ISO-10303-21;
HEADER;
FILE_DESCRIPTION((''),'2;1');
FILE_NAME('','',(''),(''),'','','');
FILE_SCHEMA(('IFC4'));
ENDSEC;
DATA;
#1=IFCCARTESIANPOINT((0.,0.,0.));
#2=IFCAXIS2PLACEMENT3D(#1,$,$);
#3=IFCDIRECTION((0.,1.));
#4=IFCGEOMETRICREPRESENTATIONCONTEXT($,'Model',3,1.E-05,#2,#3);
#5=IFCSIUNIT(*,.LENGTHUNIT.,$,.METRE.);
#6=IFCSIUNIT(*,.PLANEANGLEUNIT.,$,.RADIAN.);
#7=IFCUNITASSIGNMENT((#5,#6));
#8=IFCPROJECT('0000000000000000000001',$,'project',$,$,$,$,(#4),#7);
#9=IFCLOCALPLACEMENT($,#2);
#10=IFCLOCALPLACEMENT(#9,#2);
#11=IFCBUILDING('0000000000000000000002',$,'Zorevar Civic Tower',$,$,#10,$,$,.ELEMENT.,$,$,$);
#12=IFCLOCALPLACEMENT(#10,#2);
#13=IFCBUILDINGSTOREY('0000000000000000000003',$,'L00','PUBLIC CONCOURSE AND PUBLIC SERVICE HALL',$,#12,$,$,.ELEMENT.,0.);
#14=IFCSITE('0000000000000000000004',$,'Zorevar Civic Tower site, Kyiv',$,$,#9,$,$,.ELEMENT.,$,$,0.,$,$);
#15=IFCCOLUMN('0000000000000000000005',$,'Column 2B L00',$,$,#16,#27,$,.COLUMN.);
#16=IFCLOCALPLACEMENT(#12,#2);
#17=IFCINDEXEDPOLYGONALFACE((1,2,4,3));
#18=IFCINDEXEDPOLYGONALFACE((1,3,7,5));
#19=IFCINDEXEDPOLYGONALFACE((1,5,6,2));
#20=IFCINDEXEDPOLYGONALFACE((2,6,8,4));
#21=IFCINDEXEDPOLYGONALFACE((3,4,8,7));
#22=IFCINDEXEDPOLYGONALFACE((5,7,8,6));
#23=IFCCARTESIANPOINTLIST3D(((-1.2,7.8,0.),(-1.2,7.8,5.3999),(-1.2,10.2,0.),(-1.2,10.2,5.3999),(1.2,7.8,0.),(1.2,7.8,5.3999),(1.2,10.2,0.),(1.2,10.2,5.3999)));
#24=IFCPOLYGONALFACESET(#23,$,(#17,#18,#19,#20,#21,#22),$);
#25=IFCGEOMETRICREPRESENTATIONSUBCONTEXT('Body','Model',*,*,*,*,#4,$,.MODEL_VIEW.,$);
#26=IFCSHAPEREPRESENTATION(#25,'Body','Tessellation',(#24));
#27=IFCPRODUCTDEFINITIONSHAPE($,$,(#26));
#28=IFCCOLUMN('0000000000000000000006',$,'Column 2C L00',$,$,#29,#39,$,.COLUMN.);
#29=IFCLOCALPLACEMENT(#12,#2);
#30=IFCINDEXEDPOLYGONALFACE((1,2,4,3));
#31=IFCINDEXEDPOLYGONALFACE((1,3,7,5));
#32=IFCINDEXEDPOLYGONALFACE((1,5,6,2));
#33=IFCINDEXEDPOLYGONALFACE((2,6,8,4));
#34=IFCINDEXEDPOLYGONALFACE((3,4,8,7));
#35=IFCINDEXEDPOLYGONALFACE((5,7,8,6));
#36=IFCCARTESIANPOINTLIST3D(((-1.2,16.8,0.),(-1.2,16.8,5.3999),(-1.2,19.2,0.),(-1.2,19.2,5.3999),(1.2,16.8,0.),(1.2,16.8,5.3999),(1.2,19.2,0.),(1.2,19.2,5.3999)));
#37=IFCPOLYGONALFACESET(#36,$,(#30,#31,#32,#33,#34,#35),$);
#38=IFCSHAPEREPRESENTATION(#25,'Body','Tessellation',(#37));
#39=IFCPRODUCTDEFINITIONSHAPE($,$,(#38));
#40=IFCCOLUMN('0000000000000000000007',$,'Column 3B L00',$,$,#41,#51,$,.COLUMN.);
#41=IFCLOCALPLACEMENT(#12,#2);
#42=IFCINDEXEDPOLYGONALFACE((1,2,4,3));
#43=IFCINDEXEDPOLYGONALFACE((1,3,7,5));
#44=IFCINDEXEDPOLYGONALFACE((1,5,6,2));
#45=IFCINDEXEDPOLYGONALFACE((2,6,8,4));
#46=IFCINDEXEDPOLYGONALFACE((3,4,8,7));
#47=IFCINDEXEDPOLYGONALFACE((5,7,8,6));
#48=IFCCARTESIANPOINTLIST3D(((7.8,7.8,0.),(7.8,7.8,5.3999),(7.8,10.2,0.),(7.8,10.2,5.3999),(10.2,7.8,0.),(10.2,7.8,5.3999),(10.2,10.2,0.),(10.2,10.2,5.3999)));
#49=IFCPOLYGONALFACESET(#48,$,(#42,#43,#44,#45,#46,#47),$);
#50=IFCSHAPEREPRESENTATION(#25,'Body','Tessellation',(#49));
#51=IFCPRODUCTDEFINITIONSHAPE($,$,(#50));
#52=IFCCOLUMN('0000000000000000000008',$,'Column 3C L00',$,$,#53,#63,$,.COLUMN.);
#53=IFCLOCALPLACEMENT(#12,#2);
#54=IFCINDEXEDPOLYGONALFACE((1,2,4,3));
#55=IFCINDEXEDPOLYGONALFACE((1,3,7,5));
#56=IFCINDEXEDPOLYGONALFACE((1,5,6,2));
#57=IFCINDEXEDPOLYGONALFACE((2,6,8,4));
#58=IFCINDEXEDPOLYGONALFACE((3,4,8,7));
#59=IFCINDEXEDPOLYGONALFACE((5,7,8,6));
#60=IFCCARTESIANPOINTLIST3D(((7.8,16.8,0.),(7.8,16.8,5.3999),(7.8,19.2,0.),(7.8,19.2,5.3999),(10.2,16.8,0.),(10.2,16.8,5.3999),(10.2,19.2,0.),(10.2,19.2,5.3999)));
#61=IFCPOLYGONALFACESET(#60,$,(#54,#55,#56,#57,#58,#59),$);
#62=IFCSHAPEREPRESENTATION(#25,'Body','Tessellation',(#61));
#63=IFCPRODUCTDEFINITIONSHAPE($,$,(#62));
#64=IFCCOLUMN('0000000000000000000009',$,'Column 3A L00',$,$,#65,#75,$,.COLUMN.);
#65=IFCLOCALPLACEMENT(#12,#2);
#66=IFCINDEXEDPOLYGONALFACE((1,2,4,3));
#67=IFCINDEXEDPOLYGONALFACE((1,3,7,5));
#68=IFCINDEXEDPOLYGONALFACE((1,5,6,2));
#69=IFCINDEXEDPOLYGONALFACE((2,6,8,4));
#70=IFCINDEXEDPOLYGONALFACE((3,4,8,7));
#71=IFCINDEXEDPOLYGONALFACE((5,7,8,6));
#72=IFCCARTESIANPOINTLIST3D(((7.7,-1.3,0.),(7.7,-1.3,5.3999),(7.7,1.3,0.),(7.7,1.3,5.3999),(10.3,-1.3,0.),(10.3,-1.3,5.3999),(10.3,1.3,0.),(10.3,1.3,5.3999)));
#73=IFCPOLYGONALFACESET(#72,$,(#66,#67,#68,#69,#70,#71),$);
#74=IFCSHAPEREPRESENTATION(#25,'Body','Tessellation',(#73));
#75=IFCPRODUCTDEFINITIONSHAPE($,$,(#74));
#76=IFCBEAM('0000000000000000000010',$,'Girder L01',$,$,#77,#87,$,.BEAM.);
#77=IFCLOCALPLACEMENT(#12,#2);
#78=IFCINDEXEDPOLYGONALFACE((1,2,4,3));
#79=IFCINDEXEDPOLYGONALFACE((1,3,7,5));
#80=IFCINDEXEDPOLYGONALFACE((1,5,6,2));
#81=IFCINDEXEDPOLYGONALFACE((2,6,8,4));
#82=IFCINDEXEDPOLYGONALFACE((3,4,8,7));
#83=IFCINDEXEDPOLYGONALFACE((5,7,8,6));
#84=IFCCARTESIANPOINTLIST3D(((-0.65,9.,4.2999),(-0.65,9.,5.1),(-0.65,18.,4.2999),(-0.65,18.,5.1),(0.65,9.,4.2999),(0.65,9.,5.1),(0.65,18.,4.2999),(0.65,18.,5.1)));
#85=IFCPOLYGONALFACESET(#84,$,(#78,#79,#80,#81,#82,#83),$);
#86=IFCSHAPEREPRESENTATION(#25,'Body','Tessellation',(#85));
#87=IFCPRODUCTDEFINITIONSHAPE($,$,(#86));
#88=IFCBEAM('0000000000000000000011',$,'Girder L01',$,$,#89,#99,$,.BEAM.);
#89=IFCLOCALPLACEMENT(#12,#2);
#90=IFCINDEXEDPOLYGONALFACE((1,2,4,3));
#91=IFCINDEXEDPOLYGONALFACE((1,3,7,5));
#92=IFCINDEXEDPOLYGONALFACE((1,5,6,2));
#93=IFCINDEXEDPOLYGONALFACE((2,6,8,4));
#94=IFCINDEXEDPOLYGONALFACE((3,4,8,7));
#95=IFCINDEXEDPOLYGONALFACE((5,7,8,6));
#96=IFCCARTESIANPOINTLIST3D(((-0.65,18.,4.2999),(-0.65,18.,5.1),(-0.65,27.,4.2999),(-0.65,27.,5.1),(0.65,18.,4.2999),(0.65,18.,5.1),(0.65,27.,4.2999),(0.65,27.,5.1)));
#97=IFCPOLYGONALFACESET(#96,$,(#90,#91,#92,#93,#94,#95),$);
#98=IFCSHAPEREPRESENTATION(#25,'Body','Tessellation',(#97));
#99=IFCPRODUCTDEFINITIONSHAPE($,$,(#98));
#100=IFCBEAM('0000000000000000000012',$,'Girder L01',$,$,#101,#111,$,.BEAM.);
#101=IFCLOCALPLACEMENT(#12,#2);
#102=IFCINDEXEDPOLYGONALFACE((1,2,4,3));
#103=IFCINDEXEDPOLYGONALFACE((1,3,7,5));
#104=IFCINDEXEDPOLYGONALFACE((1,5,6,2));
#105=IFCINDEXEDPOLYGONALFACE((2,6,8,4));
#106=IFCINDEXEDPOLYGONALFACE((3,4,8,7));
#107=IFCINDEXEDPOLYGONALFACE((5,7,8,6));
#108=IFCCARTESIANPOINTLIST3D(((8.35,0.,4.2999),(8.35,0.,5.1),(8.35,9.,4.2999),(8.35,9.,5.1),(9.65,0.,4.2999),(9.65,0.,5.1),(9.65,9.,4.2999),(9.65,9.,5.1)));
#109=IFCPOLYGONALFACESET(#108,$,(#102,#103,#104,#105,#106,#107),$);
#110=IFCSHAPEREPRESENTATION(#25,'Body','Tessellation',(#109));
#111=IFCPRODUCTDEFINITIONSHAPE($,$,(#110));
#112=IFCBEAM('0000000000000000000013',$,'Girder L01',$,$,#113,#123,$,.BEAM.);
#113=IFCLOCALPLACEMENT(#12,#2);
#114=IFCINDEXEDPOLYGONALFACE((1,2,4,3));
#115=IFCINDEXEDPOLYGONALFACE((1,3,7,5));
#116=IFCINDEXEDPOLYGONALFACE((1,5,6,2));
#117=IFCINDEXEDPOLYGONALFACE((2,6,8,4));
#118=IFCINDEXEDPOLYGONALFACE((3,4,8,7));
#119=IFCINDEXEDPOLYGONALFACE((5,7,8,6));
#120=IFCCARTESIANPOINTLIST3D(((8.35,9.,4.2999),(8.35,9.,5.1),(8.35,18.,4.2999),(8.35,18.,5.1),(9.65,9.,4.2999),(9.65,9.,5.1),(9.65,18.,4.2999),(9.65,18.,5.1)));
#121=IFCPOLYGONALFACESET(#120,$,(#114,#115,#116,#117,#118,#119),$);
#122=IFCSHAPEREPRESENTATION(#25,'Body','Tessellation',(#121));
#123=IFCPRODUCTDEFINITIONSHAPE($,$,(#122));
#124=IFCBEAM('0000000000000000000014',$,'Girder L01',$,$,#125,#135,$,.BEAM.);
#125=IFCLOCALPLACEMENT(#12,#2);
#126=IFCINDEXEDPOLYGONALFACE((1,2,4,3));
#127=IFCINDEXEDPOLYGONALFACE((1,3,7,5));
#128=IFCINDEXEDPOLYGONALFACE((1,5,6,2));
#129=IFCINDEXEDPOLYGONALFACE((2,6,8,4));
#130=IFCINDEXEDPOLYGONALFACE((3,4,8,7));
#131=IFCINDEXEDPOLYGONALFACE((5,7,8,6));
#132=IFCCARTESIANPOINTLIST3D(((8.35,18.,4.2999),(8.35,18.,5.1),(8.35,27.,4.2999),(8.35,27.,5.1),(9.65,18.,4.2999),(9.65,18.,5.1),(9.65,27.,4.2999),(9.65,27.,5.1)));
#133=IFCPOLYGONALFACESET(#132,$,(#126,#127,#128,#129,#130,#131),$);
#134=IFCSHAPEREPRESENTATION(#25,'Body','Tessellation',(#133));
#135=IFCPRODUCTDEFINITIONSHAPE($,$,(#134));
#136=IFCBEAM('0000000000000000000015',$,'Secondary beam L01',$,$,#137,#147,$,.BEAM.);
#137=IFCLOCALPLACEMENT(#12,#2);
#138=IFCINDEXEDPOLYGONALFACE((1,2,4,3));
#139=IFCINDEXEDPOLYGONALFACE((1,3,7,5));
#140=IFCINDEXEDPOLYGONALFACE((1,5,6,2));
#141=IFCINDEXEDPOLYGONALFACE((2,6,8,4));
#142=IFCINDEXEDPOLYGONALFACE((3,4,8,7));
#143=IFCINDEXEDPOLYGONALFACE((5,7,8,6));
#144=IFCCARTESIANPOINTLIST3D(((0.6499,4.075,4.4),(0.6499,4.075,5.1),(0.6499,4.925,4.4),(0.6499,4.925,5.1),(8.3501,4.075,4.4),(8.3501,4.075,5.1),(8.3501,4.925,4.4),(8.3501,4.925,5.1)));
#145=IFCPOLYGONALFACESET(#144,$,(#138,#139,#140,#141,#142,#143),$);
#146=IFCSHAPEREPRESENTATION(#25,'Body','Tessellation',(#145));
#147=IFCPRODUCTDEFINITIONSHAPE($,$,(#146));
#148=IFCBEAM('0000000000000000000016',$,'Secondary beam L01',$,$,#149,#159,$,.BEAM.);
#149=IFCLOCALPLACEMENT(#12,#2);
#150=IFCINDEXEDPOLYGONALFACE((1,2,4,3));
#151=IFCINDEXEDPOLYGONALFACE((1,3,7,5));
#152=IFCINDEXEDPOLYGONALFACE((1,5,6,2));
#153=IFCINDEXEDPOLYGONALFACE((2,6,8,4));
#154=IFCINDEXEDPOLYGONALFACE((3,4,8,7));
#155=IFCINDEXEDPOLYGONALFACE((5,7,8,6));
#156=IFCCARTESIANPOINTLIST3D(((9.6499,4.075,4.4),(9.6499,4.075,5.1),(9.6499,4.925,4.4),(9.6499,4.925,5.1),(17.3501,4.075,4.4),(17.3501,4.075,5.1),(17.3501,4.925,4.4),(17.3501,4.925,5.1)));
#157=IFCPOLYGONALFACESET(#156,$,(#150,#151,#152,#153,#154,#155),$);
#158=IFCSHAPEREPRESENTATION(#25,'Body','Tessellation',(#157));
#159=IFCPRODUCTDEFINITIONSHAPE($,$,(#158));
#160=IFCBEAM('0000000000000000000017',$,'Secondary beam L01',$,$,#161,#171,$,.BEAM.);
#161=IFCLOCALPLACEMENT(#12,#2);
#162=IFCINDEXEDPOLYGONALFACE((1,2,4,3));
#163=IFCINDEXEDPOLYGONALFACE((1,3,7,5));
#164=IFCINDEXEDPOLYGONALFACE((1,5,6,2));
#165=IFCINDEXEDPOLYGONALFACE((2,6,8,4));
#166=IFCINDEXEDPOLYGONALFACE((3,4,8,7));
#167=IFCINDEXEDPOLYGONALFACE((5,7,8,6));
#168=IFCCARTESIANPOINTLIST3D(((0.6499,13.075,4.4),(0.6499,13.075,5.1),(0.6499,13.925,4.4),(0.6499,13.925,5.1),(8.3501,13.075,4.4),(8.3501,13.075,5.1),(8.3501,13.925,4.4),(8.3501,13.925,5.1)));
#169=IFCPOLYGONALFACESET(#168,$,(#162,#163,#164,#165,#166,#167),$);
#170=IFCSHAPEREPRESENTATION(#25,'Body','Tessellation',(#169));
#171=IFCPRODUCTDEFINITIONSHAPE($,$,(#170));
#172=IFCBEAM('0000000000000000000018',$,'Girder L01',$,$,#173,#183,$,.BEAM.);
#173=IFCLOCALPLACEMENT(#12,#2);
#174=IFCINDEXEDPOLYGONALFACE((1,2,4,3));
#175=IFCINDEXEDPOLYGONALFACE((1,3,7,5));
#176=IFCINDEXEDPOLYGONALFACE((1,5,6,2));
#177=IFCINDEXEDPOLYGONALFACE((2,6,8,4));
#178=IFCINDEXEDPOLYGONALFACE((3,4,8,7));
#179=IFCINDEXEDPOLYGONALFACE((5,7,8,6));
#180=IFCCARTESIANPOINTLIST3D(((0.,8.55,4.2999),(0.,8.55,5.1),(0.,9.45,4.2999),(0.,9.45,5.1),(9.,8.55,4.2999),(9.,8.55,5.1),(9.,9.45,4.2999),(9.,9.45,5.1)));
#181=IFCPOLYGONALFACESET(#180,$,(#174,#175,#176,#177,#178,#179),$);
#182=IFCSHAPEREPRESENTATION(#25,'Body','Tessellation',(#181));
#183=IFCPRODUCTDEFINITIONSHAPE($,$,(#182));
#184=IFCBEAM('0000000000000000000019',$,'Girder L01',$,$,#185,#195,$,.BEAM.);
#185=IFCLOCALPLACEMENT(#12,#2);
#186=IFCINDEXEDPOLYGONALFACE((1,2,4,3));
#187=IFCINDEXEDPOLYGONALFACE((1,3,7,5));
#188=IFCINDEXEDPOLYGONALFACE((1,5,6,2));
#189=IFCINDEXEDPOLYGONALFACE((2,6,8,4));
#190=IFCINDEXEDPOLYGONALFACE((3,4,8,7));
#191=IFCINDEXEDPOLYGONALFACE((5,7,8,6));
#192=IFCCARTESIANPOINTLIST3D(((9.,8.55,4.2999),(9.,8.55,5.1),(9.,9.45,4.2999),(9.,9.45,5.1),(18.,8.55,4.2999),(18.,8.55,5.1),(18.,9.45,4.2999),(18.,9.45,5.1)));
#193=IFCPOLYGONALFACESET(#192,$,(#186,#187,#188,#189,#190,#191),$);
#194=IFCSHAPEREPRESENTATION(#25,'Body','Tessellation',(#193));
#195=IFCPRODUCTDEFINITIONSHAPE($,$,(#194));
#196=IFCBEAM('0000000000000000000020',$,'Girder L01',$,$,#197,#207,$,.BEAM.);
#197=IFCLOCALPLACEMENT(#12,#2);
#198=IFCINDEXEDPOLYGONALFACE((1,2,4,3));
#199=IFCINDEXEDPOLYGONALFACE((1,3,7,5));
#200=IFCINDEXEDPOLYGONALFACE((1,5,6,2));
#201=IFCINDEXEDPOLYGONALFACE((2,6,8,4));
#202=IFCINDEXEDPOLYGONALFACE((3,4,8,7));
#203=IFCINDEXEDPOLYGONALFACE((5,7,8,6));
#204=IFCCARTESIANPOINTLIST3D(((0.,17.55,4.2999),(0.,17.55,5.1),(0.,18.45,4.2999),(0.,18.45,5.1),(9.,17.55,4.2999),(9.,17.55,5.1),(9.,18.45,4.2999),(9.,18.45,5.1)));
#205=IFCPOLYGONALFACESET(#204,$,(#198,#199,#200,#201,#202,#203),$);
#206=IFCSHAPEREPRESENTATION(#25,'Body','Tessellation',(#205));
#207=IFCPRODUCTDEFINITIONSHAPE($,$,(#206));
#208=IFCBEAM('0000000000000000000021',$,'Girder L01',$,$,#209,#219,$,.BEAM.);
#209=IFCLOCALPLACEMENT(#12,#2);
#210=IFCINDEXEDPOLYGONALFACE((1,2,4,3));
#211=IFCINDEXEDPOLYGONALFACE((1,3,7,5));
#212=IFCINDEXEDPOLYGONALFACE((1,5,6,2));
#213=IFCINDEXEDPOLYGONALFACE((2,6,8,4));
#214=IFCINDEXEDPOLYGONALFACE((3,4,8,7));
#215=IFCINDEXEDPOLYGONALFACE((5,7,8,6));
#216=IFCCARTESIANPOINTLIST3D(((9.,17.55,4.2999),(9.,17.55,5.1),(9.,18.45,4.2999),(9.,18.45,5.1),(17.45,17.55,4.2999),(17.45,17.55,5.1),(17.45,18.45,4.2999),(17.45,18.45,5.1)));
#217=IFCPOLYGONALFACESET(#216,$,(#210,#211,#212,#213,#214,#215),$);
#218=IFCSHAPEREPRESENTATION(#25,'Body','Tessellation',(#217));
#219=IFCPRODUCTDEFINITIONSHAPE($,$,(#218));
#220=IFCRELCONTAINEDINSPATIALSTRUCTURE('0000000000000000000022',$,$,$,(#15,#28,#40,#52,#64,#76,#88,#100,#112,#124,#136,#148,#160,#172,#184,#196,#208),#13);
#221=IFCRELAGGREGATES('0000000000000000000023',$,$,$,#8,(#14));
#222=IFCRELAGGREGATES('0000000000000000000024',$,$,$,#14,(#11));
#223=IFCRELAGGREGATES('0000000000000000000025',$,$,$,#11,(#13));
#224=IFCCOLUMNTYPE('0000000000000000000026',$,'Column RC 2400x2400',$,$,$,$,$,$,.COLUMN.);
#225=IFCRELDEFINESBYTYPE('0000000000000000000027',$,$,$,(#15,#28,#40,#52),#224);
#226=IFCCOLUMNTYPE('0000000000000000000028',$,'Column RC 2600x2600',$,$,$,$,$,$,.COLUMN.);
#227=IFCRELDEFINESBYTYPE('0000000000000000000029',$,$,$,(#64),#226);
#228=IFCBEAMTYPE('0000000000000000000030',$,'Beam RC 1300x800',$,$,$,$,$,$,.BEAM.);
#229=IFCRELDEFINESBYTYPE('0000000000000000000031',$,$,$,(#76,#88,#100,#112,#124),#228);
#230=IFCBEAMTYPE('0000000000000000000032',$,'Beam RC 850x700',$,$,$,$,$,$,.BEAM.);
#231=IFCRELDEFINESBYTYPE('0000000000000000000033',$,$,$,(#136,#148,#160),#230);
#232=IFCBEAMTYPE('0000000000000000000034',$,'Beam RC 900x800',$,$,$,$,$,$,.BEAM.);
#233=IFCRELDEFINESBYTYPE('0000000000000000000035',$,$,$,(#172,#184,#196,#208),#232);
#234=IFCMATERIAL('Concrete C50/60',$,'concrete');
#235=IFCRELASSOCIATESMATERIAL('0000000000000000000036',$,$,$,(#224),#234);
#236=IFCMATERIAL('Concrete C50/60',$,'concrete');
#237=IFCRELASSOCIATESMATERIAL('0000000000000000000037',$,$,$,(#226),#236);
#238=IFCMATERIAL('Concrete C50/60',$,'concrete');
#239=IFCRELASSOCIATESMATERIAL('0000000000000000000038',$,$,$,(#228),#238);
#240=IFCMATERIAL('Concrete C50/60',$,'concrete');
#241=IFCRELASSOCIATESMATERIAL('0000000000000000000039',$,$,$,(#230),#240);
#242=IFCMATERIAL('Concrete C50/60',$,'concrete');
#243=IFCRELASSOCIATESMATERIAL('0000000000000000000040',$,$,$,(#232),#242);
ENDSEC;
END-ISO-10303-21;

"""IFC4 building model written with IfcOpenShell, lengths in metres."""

from ifc_helpers import new_model, si_unit, direction, frame, origin, origin_2d, place, context, subcontext, project, spatial, rectangle, extrude, material, material_profile, profile_set, type_object, element, save


model = new_model("IFC4")

# Units and contexts
model_context = context("Model", 3, precision=1e-05, world=origin(), true_north=direction((0.0, 1.0)))
body_context = subcontext(model_context, "Body", "Model", "MODEL_VIEW")
ifc_project = project(units=[si_unit("LENGTHUNIT", "METRE"), si_unit("PLANEANGLEUNIT", "RADIAN")], contexts=[model_context])

# Site, building, storey
site_placement = place(None, origin())
site = spatial("IfcSite", under=ifc_project, at=site_placement, Name="Zorevar Civic Tower site, Kyiv", CompositionType="ELEMENT", RefElevation=0.0)
building_placement = place(site_placement, origin())
building = spatial("IfcBuilding", under=site, at=building_placement, Name="Zorevar Civic Tower", CompositionType="ELEMENT")
storey_placement = place(building_placement, origin())
storey = spatial("IfcBuildingStorey", under=building, at=storey_placement, Name="L00", Description="PUBLIC CONCOURSE AND PUBLIC SERVICE HALL", CompositionType="ELEMENT", Elevation=0.0)

# Columns
ifc_material_1 = material(Name="Concrete C50/60", Category="concrete")
ifc_material_profile_1 = material_profile(ifc_material_1, rectangle(XDim=2.3999, YDim=2.3999, at=origin_2d()), Name="RC 2400x2400")
ifc_profile_set_1 = profile_set([ifc_material_profile_1], Name="Concrete C50/60")
column_type_1 = type_object("IfcColumnType", Name="Column RC 2400x2400", PredefinedType="COLUMN", material=ifc_profile_set_1)
for number, where, z_axis, x_axis, name in (
    (1, (0.0, 9.0, 0.0), (0.0, 0.0, 1.0), (1.0, 0.0, 0.0), "Column 2B L00"),
    (2, (0.0, 18.0, 0.0), (0.0, 0.0, 1.0), (1.0, 0.0, 0.0), "Column 2C L00"),
    (3, (9.0, 9.0, 0.0), (0.0, 0.0, 1.0), (1.0, 0.0, 0.0), "Column 3B L00"),
    (4, (9.0, 18.0, 0.0), (0.0, 0.0, 1.0), (1.0, 0.0, 0.0), "Column 3C L00"),
):
    element("IfcColumn", number, at=place(storey_placement, frame(where, z_axis=z_axis, x_axis=x_axis)), inside=storey, type_object=column_type_1, Name=name, PredefinedType="COLUMN", context=body_context, shape_type="SweptSolid", body=[
        extrude(rectangle(XDim=2.3999, YDim=2.3999, at=origin_2d()), origin(), (0.0, 0.0, 1.0), 5.3999),
    ])
ifc_material_2 = material(Name="Concrete C50/60", Category="concrete")
ifc_material_profile_2 = material_profile(ifc_material_2, rectangle(XDim=2.6001, YDim=2.6001, at=origin_2d()), Name="RC 2600x2600")
ifc_profile_set_2 = profile_set([ifc_material_profile_2], Name="Concrete C50/60")
column_type_2 = type_object("IfcColumnType", Name="Column RC 2600x2600", PredefinedType="COLUMN", material=ifc_profile_set_2)
column_placement = place(storey_placement, frame((9.0, 0.0, 0.0), z_axis=(0.0, 0.0, 1.0), x_axis=(1.0, 0.0, 0.0)))
element("IfcColumn", 5, at=column_placement, inside=storey, type_object=column_type_2, Name="Column 3A L00", PredefinedType="COLUMN", context=body_context, shape_type="SweptSolid", body=[
    extrude(rectangle(XDim=2.6001, YDim=2.6001, at=origin_2d()), origin(), (0.0, 0.0, 1.0), 5.3999),
])

# Beams
ifc_material_3 = material(Name="Concrete C50/60", Category="concrete")
ifc_material_profile_3 = material_profile(ifc_material_3, rectangle(XDim=1.3, YDim=0.8, at=origin_2d()), Name="RC 1300x800")
ifc_profile_set_3 = profile_set([ifc_material_profile_3], Name="Concrete C50/60")
beam_type_1 = type_object("IfcBeamType", Name="Beam RC 1300x800", PredefinedType="BEAM", material=ifc_profile_set_3)
for number, where, z_axis, x_axis, name in (
    (6, (0.0, 9.0, 4.7), (0.0, 1.0, 0.0), (-1.0, 0.0, 0.0), "Girder L01"),
    (7, (0.0, 18.0, 4.7), (0.0, 1.0, 0.0), (-1.0, 0.0, 0.0), "Girder L01"),
    (8, (9.0, 0.0, 4.7), (0.0, 1.0, 0.0), (-1.0, 0.0, 0.0), "Girder L01"),
    (9, (9.0, 9.0, 4.7), (0.0, 1.0, 0.0), (-1.0, 0.0, 0.0), "Girder L01"),
    (10, (9.0, 18.0, 4.7), (0.0, 1.0, 0.0), (-1.0, 0.0, 0.0), "Girder L01"),
):
    element("IfcBeam", number, at=place(storey_placement, frame(where, z_axis=z_axis, x_axis=x_axis)), inside=storey, type_object=beam_type_1, Name=name, PredefinedType="BEAM", context=body_context, shape_type="SweptSolid", body=[
        extrude(rectangle(XDim=1.3, YDim=0.8, at=origin_2d()), origin(), (0.0, 0.0, 1.0), 9.0),
    ])
ifc_material_4 = material(Name="Concrete C50/60", Category="concrete")
ifc_material_profile_4 = material_profile(ifc_material_4, rectangle(XDim=0.8501, YDim=0.7, at=origin_2d()), Name="RC 850x700")
ifc_profile_set_4 = profile_set([ifc_material_profile_4], Name="Concrete C50/60")
beam_type_2 = type_object("IfcBeamType", Name="Beam RC 850x700", PredefinedType="BEAM", material=ifc_profile_set_4)
for number, where, z_axis, x_axis, name in (
    (11, (0.6499, 4.5, 4.75), (1.0, 0.0, 0.0), (0.0, 1.0, 0.0), "Secondary beam L01"),
    (12, (9.6499, 4.5, 4.75), (1.0, 0.0, 0.0), (0.0, 1.0, 0.0), "Secondary beam L01"),
    (13, (0.6499, 13.5, 4.75), (1.0, 0.0, 0.0), (0.0, 1.0, 0.0), "Secondary beam L01"),
):
    element("IfcBeam", number, at=place(storey_placement, frame(where, z_axis=z_axis, x_axis=x_axis)), inside=storey, type_object=beam_type_2, Name=name, PredefinedType="BEAM", context=body_context, shape_type="SweptSolid", body=[
        extrude(rectangle(XDim=0.8501, YDim=0.7, at=origin_2d()), origin(), (0.0, 0.0, 1.0), 7.7002),
    ])
ifc_material_5 = material(Name="Concrete C50/60", Category="concrete")
ifc_material_profile_5 = material_profile(ifc_material_5, rectangle(XDim=0.8999, YDim=0.8, at=origin_2d()), Name="RC 900x800")
ifc_profile_set_5 = profile_set([ifc_material_profile_5], Name="Concrete C50/60")
beam_type_3 = type_object("IfcBeamType", Name="Beam RC 900x800", PredefinedType="BEAM", material=ifc_profile_set_5)
for number, where, z_axis, x_axis, name in (
    (14, (0.0, 9.0, 4.7), (1.0, 0.0, 0.0), (0.0, 1.0, 0.0), "Girder L01"),
    (15, (9.0, 9.0, 4.7), (1.0, 0.0, 0.0), (0.0, 1.0, 0.0), "Girder L01"),
    (16, (0.0, 18.0, 4.7), (1.0, 0.0, 0.0), (0.0, 1.0, 0.0), "Girder L01"),
):
    element("IfcBeam", number, at=place(storey_placement, frame(where, z_axis=z_axis, x_axis=x_axis)), inside=storey, type_object=beam_type_3, Name=name, PredefinedType="BEAM", context=body_context, shape_type="SweptSolid", body=[
        extrude(rectangle(XDim=0.8999, YDim=0.8, at=origin_2d()), origin(), (0.0, 0.0, 1.0), 9.0),
    ])
beam_1_placement = place(storey_placement, frame((9.0, 18.0, 4.7), z_axis=(1.0, 0.0, 0.0), x_axis=(0.0, 1.0, 0.0)))
element("IfcBeam", 17, at=beam_1_placement, inside=storey, type_object=beam_type_3, Name="Girder L01", PredefinedType="BEAM", context=body_context, shape_type="SweptSolid", body=[
    extrude(rectangle(XDim=0.8999, YDim=0.8, at=origin_2d()), origin(), (0.0, 0.0, 1.0), 8.45),
])

save(model, "model.ifc")
